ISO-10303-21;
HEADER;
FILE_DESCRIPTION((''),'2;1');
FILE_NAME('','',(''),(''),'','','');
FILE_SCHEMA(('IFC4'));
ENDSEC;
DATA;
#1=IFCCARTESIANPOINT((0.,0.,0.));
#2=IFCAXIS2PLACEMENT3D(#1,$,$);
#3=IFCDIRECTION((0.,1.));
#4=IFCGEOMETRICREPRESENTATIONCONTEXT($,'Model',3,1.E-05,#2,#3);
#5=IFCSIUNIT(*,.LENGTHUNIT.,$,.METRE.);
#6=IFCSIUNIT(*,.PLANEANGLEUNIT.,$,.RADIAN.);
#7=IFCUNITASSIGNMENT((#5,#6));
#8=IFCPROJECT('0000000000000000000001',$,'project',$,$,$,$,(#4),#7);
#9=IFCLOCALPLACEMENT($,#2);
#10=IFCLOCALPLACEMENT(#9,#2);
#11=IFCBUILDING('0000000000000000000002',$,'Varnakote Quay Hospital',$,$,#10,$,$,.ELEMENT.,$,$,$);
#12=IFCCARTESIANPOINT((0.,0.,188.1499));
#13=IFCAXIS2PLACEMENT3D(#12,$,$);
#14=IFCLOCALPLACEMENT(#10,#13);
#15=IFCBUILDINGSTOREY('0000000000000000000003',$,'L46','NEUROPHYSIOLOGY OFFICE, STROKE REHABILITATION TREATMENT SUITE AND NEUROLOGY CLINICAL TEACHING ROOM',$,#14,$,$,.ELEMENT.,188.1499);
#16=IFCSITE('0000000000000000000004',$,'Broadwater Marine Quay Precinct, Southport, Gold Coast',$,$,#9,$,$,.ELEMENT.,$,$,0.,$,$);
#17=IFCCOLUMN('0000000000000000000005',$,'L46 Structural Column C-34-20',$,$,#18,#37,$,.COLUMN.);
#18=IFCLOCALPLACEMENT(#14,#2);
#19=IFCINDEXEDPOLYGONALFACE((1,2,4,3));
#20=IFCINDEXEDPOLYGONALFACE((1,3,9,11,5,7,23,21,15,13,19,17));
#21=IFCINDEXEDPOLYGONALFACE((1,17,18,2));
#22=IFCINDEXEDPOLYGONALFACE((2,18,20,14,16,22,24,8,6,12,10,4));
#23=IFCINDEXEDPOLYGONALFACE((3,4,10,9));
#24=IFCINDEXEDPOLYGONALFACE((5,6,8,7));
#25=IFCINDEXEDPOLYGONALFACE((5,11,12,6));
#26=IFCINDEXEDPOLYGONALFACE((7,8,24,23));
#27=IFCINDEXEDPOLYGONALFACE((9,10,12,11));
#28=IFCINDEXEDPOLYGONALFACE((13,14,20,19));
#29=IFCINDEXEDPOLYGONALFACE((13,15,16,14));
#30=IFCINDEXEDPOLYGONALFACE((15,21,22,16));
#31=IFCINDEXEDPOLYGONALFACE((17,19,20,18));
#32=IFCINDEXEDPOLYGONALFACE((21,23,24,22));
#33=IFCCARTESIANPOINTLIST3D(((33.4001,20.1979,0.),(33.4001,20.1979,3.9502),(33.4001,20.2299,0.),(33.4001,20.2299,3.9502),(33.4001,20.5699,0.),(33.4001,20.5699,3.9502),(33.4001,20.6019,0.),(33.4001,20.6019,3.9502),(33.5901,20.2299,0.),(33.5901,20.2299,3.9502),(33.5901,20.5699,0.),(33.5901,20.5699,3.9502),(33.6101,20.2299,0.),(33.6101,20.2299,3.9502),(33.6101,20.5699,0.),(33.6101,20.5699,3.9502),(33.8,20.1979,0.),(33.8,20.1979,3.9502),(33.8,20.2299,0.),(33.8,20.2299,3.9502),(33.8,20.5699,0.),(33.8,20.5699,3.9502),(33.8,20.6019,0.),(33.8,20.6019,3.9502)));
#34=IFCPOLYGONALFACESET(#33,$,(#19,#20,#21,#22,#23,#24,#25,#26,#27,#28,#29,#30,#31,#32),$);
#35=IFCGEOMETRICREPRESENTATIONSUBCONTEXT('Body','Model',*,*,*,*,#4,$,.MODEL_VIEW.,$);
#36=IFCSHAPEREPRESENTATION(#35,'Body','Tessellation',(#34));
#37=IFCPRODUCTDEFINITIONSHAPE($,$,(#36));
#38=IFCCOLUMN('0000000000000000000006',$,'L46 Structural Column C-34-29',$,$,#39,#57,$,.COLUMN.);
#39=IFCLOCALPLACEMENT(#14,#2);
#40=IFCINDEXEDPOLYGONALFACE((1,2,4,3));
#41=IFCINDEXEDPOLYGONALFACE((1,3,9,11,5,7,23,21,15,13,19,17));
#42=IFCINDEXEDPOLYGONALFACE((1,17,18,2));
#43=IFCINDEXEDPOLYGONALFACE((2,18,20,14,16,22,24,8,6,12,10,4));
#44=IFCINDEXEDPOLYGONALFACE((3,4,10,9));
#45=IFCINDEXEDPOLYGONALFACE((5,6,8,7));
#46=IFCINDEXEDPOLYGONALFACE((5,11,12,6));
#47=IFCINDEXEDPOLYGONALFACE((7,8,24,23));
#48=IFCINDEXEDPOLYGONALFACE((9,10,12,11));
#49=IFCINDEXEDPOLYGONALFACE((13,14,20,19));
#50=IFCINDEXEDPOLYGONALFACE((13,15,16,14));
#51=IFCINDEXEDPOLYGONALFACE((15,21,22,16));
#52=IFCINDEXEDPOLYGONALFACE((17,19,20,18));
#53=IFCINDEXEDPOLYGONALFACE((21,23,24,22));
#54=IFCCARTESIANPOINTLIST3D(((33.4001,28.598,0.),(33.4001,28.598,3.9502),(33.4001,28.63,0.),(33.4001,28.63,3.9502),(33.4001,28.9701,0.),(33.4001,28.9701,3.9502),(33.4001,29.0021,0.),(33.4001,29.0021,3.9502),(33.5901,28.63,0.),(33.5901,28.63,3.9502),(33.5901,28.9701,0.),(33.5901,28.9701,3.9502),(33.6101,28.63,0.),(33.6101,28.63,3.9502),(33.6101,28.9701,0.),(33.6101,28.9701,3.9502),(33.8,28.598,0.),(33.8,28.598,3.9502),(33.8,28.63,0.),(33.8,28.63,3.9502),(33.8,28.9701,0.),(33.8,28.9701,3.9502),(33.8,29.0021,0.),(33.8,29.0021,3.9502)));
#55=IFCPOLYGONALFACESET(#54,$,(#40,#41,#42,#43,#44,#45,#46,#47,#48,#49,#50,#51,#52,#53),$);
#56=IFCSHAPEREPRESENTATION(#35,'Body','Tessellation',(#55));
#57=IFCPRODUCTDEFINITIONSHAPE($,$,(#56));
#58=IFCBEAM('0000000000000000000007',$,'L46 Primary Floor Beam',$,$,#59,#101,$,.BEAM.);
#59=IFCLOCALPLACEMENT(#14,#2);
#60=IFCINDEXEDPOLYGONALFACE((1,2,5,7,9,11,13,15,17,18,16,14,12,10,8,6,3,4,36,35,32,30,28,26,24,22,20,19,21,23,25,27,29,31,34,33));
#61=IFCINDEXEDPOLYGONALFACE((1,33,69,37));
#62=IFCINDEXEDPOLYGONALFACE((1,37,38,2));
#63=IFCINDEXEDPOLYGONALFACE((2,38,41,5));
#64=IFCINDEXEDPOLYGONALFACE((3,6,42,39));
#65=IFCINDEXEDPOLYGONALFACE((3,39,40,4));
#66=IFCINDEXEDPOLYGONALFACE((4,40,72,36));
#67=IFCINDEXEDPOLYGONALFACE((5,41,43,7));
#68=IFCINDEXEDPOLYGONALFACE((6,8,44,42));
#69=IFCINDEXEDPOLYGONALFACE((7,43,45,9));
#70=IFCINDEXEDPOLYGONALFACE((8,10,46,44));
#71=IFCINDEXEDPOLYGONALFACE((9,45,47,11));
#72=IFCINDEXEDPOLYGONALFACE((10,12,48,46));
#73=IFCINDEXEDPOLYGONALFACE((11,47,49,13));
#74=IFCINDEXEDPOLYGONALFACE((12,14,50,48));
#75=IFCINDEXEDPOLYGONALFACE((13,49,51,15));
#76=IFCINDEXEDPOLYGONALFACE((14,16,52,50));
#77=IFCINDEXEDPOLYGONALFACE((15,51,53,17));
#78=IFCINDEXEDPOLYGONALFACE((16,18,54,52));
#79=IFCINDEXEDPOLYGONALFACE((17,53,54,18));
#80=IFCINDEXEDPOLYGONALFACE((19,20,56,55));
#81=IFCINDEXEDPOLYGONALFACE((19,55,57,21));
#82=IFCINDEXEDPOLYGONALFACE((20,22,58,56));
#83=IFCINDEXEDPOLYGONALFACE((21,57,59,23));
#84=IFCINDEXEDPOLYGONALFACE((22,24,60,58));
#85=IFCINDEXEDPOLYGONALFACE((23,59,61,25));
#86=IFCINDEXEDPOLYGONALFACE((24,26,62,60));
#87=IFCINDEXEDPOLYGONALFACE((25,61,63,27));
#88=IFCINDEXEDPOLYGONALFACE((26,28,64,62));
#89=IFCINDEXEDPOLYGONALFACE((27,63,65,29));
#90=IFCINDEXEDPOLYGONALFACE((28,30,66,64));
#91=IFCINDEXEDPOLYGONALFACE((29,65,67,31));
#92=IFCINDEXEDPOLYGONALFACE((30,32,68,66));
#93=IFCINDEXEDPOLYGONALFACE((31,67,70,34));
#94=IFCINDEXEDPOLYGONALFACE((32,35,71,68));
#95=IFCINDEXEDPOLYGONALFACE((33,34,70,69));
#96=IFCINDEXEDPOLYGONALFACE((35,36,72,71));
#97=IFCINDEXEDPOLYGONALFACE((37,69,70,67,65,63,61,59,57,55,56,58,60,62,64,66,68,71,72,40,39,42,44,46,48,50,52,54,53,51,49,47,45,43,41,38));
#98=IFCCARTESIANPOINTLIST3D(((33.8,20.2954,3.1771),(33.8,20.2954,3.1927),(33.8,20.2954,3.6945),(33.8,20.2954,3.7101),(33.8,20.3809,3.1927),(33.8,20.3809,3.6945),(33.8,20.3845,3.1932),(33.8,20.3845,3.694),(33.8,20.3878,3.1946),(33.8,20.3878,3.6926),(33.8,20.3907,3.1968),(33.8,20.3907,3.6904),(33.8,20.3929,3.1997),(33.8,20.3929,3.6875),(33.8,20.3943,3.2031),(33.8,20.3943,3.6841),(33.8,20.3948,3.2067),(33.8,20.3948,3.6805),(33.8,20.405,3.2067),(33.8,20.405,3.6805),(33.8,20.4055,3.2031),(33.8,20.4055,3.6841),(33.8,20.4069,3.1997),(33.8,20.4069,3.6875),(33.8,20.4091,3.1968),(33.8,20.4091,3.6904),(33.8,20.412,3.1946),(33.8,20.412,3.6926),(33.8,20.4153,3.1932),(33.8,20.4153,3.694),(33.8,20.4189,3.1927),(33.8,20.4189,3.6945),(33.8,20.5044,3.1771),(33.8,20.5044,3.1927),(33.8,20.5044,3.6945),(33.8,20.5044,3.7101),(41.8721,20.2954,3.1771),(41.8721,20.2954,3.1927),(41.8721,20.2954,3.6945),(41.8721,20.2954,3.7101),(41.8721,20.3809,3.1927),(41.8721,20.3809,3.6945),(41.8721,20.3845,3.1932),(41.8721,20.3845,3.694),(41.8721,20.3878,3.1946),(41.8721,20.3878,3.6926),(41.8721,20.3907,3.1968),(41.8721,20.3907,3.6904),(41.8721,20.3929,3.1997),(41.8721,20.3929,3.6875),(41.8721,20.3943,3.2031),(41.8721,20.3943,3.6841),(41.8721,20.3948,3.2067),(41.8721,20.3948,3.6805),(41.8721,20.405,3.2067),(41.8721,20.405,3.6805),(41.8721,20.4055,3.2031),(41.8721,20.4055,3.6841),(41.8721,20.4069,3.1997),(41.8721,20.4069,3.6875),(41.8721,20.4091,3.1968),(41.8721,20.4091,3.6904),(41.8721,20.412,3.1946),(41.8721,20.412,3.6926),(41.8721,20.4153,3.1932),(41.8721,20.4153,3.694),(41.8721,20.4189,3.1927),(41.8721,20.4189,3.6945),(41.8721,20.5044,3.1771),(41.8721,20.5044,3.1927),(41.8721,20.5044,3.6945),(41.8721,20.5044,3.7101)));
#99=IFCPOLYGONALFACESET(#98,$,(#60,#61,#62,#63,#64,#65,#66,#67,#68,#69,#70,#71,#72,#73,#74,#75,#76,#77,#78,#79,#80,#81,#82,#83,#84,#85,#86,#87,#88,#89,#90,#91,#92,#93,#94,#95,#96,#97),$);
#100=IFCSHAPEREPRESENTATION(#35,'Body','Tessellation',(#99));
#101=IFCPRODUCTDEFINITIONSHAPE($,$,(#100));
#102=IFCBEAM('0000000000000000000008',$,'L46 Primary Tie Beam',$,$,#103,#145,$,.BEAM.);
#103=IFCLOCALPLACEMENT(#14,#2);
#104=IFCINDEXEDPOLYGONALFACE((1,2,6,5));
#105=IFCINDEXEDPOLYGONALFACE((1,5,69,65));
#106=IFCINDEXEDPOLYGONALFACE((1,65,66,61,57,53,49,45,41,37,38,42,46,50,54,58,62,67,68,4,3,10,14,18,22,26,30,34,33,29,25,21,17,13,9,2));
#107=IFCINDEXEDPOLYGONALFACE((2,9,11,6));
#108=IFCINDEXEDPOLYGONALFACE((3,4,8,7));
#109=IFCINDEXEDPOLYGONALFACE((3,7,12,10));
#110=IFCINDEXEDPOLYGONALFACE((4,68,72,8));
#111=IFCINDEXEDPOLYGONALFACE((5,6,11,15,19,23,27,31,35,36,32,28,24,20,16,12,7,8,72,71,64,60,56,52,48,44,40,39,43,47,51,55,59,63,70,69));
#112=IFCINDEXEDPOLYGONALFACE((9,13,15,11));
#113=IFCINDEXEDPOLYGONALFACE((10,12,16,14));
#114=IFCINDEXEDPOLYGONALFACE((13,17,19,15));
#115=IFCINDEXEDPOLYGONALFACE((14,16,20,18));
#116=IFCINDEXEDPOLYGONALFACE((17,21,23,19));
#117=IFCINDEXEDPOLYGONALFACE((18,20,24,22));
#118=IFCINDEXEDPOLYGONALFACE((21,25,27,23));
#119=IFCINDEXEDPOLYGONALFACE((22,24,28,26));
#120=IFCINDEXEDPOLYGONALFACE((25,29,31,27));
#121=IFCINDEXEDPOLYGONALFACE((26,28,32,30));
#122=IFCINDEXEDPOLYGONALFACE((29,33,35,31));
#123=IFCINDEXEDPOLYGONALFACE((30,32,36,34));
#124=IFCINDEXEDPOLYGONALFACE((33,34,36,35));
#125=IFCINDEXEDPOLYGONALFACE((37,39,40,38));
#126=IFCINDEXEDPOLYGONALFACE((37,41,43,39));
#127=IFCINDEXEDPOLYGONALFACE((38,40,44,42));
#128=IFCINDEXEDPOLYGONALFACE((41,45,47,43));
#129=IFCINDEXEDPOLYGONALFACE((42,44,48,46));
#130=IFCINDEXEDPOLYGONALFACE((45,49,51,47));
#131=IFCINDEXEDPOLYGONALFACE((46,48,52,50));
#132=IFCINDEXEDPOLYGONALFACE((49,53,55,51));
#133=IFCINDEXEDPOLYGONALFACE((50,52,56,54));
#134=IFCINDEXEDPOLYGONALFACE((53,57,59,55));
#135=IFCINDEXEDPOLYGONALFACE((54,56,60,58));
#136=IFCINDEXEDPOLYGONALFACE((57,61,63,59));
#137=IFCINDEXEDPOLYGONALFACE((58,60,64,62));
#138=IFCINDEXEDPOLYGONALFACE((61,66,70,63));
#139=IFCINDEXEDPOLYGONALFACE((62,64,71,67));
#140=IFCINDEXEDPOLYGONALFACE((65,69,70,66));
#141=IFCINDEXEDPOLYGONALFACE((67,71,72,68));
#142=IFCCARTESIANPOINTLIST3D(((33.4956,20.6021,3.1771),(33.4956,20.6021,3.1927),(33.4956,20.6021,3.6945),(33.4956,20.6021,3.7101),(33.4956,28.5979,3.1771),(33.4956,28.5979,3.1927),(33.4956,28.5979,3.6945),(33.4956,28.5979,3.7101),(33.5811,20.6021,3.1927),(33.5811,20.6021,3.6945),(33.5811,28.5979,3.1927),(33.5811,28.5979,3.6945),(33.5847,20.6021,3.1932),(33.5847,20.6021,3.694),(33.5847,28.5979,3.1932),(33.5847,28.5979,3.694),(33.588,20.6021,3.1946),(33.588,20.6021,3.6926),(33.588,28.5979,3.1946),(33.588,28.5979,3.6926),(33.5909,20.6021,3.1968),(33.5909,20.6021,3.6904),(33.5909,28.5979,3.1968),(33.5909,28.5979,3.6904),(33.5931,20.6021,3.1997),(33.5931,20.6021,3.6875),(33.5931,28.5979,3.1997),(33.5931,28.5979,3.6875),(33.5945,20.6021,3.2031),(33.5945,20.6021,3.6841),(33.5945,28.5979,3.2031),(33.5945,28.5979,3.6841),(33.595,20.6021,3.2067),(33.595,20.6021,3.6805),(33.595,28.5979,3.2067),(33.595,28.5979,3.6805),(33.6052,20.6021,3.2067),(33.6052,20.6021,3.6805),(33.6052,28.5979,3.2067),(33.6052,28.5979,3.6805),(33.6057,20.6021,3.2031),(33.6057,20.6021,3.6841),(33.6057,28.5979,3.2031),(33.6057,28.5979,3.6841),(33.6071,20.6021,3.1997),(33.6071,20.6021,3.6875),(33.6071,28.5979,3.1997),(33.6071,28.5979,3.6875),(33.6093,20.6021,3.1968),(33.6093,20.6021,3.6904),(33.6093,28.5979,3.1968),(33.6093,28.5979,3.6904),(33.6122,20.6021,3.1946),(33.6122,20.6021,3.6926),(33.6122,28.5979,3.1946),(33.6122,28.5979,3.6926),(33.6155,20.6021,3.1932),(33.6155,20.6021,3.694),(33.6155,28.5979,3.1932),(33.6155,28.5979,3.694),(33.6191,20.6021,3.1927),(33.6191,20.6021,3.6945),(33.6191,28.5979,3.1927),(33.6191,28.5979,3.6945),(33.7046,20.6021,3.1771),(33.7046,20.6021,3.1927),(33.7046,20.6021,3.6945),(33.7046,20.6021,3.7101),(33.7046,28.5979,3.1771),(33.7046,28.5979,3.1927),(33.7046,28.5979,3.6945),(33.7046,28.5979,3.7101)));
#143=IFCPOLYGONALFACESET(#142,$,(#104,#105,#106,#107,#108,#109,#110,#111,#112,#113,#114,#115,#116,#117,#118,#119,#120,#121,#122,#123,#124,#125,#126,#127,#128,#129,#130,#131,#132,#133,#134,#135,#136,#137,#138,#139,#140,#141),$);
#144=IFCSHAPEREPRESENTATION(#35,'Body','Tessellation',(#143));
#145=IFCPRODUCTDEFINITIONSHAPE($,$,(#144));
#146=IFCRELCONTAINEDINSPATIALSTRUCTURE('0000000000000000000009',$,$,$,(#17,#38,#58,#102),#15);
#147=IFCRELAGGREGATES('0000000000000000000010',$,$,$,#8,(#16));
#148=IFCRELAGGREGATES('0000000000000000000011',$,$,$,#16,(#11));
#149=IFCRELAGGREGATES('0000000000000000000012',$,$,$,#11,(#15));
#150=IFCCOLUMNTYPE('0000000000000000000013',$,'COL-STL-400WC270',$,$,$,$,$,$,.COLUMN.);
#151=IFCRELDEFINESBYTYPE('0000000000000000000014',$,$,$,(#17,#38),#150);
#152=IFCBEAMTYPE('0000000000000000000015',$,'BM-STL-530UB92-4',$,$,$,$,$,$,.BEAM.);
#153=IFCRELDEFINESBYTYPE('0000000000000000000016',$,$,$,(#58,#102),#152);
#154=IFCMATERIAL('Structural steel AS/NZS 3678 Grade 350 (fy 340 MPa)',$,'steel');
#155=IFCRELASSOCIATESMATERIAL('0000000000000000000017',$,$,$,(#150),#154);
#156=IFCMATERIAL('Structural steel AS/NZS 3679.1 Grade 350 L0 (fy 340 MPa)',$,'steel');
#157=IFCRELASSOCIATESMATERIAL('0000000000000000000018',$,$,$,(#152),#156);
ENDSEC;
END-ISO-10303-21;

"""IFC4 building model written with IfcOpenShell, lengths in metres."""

from ifc_helpers import new_model, si_unit, direction, frame, origin, origin_2d, place, context, subcontext, project, spatial, i_section, extrude, material, material_profile, profile_set, type_object, element, save


model = new_model("IFC4")

# Units and contexts
model_context = context("Model", 3, precision=1e-05, world=origin(), true_north=direction((0.0, 1.0)))
body_context = subcontext(model_context, "Body", "Model", "MODEL_VIEW")
ifc_project = project(units=[si_unit("LENGTHUNIT", "METRE"), si_unit("PLANEANGLEUNIT", "RADIAN")], contexts=[model_context])

# Site, building, storey
site_placement = place(None, origin())
site = spatial("IfcSite", under=ifc_project, at=site_placement, Name="Broadwater Marine Quay Precinct, Southport, Gold Coast", CompositionType="ELEMENT", RefElevation=0.0)
building_placement = place(site_placement, origin())
building = spatial("IfcBuilding", under=site, at=building_placement, Name="Varnakote Quay Hospital", CompositionType="ELEMENT")
storey_placement = place(building_placement, frame((0.0, 0.0, 188.1499)))
storey = spatial("IfcBuildingStorey", under=building, at=storey_placement, Name="L46", Description="NEUROPHYSIOLOGY OFFICE, STROKE REHABILITATION TREATMENT SUITE AND NEUROLOGY CLINICAL TEACHING ROOM", CompositionType="ELEMENT", Elevation=188.1499)

# Columns
ifc_material_1 = material(Name="Structural steel AS/NZS 3678 Grade 350 (fy 340 MPa)", Category="steel")
ifc_material_profile_1 = material_profile(ifc_material_1, i_section(OverallWidth=0.3999, OverallDepth=0.4041, WebThickness=0.02, FlangeThickness=0.032, at=origin_2d()), Name="400WC270")
ifc_profile_set_1 = profile_set([ifc_material_profile_1], Name="Structural steel AS/NZS 3678 Grade 350 (fy 340 MPa)")
column_type = type_object("IfcColumnType", Name="COL-STL-400WC270", PredefinedType="COLUMN", material=ifc_profile_set_1)
for number, where, z_axis, x_axis, name in (
    (1, (33.6001, 20.3999, 0.0), (0.0, 0.0, 1.0), (1.0, 0.0, 0.0), "L46 Structural Column C-34-20"),
    (2, (33.6001, 28.8, 0.0), (0.0, 0.0, 1.0), (1.0, 0.0, 0.0), "L46 Structural Column C-34-29"),
):
    element("IfcColumn", number, at=place(storey_placement, frame(where, z_axis=z_axis, x_axis=x_axis)), inside=storey, type_object=column_type, Name=name, PredefinedType="COLUMN", context=body_context, shape_type="SweptSolid", body=[
        extrude(i_section(OverallWidth=0.3999, OverallDepth=0.4041, WebThickness=0.02, FlangeThickness=0.032, at=origin_2d()), origin(), (0.0, 0.0, 1.0), 3.9502),
    ])

# Beams
ifc_material_2 = material(Name="Structural steel AS/NZS 3679.1 Grade 350 L0 (fy 340 MPa)", Category="steel")
ifc_material_profile_2 = material_profile(ifc_material_2, i_section(OverallWidth=0.209, OverallDepth=0.533, WebThickness=0.0103, FlangeThickness=0.0156, FilletRadius=0.0139, at=origin_2d()), Name="530UB92.4")
ifc_profile_set_2 = profile_set([ifc_material_profile_2], Name="Structural steel AS/NZS 3679.1 Grade 350 L0 (fy 340 MPa)")
beam_type_1 = type_object("IfcBeamType", Name="BM-STL-530UB92-4", PredefinedType="BEAM", material=ifc_profile_set_2)
beam_1_placement = place(storey_placement, frame((33.8, 20.3999, 3.4436), z_axis=(1.0, 0.0, 0.0), x_axis=(0.0, 1.0, 0.0)))
element("IfcBeam", 3, at=beam_1_placement, inside=storey, type_object=beam_type_1, Name="L46 Primary Floor Beam", PredefinedType="BEAM", context=body_context, shape_type="SweptSolid", body=[
    extrude(i_section(OverallWidth=0.209, OverallDepth=0.533, WebThickness=0.0103, FlangeThickness=0.0156, FilletRadius=0.0139, at=origin_2d()), origin(), (0.0, 0.0, 1.0), 8.072),
])
beam_2_placement = place(storey_placement, frame((33.6001, 20.6021, 3.4436), z_axis=(0.0, 1.0, 0.0), x_axis=(-1.0, 0.0, 0.0)))
element("IfcBeam", 4, at=beam_2_placement, inside=storey, type_object=beam_type_1, Name="L46 Primary Tie Beam", PredefinedType="BEAM", context=body_context, shape_type="SweptSolid", body=[
    extrude(i_section(OverallWidth=0.209, OverallDepth=0.533, WebThickness=0.0103, FlangeThickness=0.0156, FilletRadius=0.0139, at=origin_2d()), origin(), (0.0, 0.0, 1.0), 7.9958),
])

save(model, "model.ifc")
